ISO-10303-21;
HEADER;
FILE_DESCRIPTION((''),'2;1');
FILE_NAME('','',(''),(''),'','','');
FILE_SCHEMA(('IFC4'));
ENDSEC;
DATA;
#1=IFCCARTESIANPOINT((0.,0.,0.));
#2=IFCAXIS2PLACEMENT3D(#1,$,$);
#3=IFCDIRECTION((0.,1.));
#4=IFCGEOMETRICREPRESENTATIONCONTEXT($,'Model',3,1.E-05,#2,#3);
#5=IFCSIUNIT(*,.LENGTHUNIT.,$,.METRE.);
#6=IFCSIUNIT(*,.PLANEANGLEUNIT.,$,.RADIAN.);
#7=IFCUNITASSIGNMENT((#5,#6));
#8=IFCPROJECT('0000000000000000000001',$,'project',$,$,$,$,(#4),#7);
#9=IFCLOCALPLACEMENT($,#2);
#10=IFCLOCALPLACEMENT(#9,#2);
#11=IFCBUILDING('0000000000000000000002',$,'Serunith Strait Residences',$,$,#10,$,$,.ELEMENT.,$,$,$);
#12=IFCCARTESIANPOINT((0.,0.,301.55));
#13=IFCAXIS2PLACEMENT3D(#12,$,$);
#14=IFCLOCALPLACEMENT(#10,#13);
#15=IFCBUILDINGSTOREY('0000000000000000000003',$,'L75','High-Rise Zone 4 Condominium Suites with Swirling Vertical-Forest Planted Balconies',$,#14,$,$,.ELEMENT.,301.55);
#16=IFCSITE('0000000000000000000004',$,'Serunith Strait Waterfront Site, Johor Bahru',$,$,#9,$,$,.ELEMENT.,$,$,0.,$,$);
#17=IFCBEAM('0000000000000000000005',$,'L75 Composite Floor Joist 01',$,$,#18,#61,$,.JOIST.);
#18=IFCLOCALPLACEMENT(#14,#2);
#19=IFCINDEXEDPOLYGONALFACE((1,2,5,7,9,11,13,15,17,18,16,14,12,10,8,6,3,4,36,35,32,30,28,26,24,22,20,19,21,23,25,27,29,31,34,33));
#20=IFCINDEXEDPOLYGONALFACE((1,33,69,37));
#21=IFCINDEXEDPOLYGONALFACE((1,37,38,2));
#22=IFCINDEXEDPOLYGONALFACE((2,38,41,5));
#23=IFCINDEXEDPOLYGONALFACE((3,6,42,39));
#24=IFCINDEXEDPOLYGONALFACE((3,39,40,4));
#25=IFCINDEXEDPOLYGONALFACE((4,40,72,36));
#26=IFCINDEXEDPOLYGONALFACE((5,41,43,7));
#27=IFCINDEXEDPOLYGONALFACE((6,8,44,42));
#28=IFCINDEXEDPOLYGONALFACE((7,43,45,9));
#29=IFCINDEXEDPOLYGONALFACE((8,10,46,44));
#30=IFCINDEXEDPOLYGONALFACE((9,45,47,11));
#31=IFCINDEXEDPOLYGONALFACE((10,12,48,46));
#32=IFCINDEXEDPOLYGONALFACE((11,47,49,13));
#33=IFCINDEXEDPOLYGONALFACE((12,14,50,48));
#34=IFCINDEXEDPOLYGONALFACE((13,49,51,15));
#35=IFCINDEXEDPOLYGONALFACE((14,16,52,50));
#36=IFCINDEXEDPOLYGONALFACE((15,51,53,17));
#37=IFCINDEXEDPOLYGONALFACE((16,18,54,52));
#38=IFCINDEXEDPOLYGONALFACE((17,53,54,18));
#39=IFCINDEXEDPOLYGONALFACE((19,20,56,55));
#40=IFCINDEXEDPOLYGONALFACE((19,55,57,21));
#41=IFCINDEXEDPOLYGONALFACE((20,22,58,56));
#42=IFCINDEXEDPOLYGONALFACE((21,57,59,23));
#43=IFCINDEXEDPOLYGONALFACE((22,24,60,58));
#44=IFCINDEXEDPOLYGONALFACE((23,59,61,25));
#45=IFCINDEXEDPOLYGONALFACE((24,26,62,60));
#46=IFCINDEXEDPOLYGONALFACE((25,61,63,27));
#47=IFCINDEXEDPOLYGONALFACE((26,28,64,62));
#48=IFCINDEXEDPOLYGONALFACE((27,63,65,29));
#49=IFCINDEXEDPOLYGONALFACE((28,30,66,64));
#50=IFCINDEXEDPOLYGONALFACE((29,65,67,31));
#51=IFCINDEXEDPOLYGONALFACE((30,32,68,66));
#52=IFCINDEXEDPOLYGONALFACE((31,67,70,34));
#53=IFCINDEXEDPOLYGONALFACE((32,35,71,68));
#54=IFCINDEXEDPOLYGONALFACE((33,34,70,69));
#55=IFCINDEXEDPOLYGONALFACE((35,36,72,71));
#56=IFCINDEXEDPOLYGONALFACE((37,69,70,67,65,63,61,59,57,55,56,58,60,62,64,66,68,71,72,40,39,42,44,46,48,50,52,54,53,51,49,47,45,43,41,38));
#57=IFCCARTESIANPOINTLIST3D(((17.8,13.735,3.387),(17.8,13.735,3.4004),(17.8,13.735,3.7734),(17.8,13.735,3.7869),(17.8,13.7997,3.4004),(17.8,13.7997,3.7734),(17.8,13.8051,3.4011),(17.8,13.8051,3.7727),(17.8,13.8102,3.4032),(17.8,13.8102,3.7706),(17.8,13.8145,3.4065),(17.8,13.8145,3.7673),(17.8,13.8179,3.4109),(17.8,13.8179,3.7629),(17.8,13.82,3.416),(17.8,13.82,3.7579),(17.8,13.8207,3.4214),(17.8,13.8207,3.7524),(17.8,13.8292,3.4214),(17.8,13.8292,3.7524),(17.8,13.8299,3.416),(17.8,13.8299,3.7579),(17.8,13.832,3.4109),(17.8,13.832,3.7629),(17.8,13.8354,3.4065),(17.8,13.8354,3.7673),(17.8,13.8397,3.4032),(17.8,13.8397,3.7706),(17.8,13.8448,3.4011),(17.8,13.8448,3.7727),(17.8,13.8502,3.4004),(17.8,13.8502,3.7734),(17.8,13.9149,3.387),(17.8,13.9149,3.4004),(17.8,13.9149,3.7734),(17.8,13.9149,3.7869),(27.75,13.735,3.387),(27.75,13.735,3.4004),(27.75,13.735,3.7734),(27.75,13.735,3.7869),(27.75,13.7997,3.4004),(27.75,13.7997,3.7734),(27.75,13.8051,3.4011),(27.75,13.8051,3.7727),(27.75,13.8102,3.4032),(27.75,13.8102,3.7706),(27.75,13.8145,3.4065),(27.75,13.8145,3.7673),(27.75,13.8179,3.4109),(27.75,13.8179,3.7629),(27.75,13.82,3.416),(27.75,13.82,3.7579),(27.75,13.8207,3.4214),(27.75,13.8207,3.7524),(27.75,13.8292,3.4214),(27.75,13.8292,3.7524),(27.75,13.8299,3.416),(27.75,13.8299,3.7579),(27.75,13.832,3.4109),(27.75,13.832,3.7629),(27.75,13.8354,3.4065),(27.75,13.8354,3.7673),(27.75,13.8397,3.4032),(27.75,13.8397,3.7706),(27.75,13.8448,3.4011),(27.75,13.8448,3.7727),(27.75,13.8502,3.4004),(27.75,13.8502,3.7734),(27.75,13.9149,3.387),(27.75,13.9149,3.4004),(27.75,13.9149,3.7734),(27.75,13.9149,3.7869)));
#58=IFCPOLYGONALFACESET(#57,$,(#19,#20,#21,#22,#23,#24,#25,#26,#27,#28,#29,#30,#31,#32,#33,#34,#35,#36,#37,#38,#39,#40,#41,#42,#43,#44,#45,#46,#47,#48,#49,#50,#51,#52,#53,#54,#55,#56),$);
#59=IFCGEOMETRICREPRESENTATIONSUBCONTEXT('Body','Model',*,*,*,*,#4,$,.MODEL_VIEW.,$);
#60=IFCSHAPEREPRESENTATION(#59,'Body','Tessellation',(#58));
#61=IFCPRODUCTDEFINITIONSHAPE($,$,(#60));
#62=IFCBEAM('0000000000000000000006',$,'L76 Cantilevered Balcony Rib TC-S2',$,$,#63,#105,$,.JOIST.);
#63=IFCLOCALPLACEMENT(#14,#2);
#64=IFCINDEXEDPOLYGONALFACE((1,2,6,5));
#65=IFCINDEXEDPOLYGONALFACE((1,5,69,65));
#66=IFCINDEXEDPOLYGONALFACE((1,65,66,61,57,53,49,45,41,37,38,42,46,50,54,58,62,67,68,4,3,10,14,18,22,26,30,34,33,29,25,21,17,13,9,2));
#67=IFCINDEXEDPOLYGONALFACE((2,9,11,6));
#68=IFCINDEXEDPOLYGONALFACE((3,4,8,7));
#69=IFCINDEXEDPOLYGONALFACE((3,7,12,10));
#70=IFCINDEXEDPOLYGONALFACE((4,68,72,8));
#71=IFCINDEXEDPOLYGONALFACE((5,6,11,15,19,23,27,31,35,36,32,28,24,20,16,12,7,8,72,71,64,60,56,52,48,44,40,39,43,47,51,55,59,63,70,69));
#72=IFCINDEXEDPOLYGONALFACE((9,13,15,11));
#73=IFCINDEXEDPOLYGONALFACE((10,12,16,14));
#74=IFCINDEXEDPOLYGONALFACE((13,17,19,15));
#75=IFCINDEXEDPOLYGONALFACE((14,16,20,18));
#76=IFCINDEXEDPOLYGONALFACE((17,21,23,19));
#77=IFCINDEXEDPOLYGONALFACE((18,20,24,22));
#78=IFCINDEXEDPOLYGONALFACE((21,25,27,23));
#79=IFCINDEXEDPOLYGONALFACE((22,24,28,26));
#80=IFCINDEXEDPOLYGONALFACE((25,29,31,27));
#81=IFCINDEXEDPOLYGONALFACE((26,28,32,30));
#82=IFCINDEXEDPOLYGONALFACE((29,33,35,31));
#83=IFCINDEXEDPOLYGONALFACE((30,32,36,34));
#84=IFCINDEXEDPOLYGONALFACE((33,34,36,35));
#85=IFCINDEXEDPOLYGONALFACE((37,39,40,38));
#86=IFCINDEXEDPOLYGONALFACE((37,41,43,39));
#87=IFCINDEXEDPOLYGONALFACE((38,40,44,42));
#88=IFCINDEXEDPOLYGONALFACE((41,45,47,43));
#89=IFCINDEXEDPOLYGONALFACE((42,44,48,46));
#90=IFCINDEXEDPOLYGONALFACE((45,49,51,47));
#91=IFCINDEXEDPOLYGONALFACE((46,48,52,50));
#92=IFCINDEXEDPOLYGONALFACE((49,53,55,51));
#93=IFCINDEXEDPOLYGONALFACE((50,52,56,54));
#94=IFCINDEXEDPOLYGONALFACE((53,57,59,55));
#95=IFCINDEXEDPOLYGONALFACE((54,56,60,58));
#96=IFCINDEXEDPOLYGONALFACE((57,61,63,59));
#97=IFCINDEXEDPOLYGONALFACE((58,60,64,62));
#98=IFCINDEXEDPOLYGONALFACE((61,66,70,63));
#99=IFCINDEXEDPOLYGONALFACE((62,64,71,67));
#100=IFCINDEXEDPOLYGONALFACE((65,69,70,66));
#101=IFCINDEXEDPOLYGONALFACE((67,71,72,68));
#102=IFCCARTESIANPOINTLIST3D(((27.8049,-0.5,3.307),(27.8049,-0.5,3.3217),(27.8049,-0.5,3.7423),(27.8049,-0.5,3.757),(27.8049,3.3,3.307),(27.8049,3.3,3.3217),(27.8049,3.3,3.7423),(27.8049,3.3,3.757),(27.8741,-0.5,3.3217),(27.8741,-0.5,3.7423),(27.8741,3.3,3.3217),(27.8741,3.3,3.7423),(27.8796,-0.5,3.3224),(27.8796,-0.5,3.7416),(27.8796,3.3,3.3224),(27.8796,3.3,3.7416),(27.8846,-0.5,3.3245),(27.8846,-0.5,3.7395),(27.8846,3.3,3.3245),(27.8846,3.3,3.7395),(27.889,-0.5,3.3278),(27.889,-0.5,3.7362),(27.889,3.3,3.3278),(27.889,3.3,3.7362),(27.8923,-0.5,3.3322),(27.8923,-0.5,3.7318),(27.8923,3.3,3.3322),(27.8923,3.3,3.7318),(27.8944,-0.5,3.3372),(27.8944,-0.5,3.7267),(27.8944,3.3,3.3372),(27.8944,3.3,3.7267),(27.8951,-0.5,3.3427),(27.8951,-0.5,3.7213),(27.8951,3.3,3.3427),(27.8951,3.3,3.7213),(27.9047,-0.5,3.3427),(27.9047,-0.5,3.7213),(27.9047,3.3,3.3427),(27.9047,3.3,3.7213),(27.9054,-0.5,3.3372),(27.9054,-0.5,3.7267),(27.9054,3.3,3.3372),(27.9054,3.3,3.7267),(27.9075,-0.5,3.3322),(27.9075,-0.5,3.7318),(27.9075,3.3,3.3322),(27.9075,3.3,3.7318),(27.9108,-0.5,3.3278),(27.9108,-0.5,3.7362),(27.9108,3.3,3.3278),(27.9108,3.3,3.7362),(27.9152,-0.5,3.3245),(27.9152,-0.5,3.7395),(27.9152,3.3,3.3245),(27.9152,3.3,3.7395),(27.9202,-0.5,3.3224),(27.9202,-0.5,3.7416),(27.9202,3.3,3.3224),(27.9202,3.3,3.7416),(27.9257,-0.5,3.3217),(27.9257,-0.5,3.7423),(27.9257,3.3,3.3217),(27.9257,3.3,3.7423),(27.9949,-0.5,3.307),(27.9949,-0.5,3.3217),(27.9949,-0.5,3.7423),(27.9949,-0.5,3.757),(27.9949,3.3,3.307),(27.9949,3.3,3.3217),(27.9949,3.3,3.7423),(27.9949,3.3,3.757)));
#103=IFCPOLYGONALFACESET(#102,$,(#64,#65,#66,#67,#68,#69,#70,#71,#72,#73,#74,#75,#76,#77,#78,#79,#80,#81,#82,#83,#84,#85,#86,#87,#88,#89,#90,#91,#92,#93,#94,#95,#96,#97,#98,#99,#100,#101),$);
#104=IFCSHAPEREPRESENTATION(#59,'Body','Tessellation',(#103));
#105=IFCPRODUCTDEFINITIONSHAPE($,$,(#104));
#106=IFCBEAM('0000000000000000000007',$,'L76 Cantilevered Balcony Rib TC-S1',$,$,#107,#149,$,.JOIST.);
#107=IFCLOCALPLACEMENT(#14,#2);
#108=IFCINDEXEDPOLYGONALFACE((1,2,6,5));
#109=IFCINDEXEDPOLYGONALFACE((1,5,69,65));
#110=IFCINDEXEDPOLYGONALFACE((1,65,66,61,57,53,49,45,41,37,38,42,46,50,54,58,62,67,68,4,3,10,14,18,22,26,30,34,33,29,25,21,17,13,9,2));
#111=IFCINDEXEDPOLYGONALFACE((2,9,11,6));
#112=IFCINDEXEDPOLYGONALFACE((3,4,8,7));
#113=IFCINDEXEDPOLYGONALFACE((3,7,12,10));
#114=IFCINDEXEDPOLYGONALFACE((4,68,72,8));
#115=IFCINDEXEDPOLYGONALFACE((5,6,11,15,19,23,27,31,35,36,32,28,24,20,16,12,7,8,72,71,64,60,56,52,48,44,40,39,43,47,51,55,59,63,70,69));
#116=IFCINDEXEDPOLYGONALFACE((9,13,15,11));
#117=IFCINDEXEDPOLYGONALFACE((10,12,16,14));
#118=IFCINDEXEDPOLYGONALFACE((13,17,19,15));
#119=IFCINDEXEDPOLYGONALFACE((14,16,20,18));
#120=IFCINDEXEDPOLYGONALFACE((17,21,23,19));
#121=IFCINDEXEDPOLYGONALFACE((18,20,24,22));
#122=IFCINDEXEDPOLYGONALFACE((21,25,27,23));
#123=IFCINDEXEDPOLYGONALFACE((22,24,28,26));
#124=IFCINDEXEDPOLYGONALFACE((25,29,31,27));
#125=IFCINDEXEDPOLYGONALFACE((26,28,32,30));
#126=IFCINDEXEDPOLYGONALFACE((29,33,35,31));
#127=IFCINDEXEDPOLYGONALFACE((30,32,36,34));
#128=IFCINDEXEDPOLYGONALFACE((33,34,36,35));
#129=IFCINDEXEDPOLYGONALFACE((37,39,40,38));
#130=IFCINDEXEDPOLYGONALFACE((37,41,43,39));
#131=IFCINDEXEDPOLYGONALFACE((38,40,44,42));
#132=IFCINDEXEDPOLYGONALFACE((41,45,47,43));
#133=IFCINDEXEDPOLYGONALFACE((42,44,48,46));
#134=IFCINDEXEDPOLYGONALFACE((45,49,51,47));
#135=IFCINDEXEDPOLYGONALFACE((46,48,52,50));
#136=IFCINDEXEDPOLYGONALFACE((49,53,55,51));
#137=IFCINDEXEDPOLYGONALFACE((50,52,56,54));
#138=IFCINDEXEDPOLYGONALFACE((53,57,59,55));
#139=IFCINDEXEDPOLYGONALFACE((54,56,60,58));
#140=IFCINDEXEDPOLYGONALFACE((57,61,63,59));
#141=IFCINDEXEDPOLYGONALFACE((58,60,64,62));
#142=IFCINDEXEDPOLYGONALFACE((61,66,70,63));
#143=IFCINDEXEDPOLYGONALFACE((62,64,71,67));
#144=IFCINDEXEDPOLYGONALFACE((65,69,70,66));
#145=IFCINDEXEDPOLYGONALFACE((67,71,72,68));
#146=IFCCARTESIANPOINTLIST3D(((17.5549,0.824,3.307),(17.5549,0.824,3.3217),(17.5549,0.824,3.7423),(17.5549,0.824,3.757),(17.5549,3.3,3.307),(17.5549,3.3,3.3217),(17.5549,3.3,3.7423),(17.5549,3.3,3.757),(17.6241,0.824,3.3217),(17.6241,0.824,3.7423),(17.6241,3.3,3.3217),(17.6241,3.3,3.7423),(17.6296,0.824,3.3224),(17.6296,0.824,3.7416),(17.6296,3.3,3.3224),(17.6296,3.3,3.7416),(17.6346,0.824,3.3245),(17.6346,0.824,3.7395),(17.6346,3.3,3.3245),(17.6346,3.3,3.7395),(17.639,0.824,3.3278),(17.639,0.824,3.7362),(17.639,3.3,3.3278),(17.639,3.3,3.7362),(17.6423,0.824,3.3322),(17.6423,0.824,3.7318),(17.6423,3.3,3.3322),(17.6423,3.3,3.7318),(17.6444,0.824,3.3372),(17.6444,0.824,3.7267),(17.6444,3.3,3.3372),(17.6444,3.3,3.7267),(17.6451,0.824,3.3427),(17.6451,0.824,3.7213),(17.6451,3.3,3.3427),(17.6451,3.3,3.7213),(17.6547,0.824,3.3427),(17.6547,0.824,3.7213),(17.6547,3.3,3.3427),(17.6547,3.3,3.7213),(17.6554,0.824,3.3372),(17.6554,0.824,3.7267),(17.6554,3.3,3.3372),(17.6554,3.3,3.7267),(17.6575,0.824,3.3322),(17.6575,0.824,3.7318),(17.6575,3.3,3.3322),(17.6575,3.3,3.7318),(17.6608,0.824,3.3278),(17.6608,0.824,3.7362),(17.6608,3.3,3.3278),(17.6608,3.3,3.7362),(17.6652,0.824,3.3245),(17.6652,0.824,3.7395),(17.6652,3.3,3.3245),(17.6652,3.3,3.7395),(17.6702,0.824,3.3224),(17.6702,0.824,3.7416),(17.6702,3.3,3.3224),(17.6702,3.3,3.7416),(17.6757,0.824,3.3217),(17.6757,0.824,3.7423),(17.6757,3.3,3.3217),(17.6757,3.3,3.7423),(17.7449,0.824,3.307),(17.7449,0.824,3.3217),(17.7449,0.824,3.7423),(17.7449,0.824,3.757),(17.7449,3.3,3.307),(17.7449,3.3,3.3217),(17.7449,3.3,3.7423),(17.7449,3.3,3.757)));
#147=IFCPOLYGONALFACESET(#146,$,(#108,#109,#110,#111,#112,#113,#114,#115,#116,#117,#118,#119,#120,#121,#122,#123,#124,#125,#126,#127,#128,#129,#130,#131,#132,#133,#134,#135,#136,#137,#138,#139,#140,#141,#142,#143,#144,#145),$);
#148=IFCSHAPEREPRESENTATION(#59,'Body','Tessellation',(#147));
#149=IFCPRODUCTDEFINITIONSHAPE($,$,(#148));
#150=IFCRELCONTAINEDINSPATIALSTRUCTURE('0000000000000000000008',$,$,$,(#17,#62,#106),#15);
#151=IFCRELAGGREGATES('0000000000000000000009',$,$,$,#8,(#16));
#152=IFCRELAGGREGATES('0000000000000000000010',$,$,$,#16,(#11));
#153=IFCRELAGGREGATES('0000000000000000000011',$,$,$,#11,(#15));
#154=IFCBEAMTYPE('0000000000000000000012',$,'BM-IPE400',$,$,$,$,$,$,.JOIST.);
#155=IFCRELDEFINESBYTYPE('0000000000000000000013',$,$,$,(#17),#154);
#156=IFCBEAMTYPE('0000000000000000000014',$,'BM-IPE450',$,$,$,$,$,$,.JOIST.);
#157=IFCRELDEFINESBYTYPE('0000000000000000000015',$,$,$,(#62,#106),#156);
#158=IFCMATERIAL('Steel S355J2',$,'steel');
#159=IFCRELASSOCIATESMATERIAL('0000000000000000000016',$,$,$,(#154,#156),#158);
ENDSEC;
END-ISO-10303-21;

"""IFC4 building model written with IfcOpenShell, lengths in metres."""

from ifc_helpers import new_model, si_unit, direction, frame, origin, origin_2d, place, context, subcontext, project, spatial, i_section, extrude, source, transform, mapped, material, material_profile, profile_set, type_object, element, save


model = new_model("IFC4")

# Units and contexts
model_context = context("Model", 3, precision=1e-05, world=origin(), true_north=direction((0.0, 1.0)))
body_context = subcontext(model_context, "Body", "Model", "MODEL_VIEW")
ifc_project = project(units=[si_unit("LENGTHUNIT", "METRE"), si_unit("PLANEANGLEUNIT", "RADIAN")], contexts=[model_context])

# Site, building, storey
site_placement = place(None, origin())
site = spatial("IfcSite", under=ifc_project, at=site_placement, Name="Serunith Strait Waterfront Site, Johor Bahru", CompositionType="ELEMENT", RefElevation=0.0)
building_placement = place(site_placement, origin())
building = spatial("IfcBuilding", under=site, at=building_placement, Name="Serunith Strait Residences", CompositionType="ELEMENT")
storey_placement = place(building_placement, frame((0.0, 0.0, 301.55)))
storey = spatial("IfcBuildingStorey", under=building, at=storey_placement, Name="L75", Description="High-Rise Zone 4 Condominium Suites with Swirling Vertical-Forest Planted Balconies", CompositionType="ELEMENT", Elevation=301.55)

# Beams
ifc_material_1 = material(Name="Steel S355J2", Category="steel")
ifc_material_profile_1 = material_profile(ifc_material_1, i_section(OverallWidth=0.1799, OverallDepth=0.3999, WebThickness=0.0085, FlangeThickness=0.0134, FilletRadius=0.021, at=origin_2d()), Name="IPE 400")
ifc_profile_set_1 = profile_set([ifc_material_profile_1], Name="Steel S355J2")
beam_type_1 = type_object("IfcBeamType", Name="BM-IPE400", PredefinedType="JOIST", material=ifc_profile_set_1)
shared_shape_1 = source(origin(), body_context, "Body", "SweptSolid", [
    extrude(i_section(OverallWidth=0.1799, OverallDepth=0.3999, WebThickness=0.0085, FlangeThickness=0.0134, FilletRadius=0.021, at=origin_2d()), origin(), (0.0, 0.0, 1.0), 9.95),
])
beam_1_placement = place(storey_placement, frame((17.8, 13.825, 3.5869), z_axis=(1.0, 0.0, 0.0), x_axis=(0.0, 1.0, 0.0)))
element("IfcBeam", 1, at=beam_1_placement, inside=storey, type_object=beam_type_1, Name="L75 Composite Floor Joist 01", PredefinedType="JOIST", context=body_context, shape_type="MappedRepresentation", body=[
    mapped(shared_shape_1, transform((0.0, 0.0, 0.0), scale=1.0)),
])
ifc_material_profile_2 = material_profile(ifc_material_1, i_section(OverallWidth=0.1899, OverallDepth=0.45, WebThickness=0.0095, FlangeThickness=0.0146, FilletRadius=0.021, at=origin_2d()), Name="IPE 450")
ifc_profile_set_2 = profile_set([ifc_material_profile_2], Name="Steel S355J2")
beam_type_2 = type_object("IfcBeamType", Name="BM-IPE450", PredefinedType="JOIST", material=ifc_profile_set_2)
shared_shape_2 = source(origin(), body_context, "Body", "SweptSolid", [
    extrude(i_section(OverallWidth=0.1899, OverallDepth=0.45, WebThickness=0.0095, FlangeThickness=0.0146, FilletRadius=0.021, at=origin_2d()), origin(), (0.0, 0.0, 1.0), 3.8),
])
beam_2_placement = place(storey_placement, frame((27.8999, 3.3, 3.532), z_axis=(0.0, -1.0, 0.0), x_axis=(1.0, 0.0, 0.0)))
element("IfcBeam", 2, at=beam_2_placement, inside=storey, type_object=beam_type_2, Name="L76 Cantilevered Balcony Rib TC-S2", PredefinedType="JOIST", context=body_context, shape_type="MappedRepresentation", body=[
    mapped(shared_shape_2, transform((0.0, 0.0, 0.0), scale=1.0)),
])
shared_shape_3 = source(origin(), body_context, "Body", "SweptSolid", [
    extrude(i_section(OverallWidth=0.1899, OverallDepth=0.45, WebThickness=0.0095, FlangeThickness=0.0146, FilletRadius=0.021, at=origin_2d()), origin(), (0.0, 0.0, 1.0), 2.4761),
])
beam_3_placement = place(storey_placement, frame((17.6499, 3.3, 3.532), z_axis=(0.0, -1.0, 0.0), x_axis=(1.0, 0.0, 0.0)))
element("IfcBeam", 3, at=beam_3_placement, inside=storey, type_object=beam_type_2, Name="L76 Cantilevered Balcony Rib TC-S1", PredefinedType="JOIST", context=body_context, shape_type="MappedRepresentation", body=[
    mapped(shared_shape_3, transform((0.0, 0.0, 0.0), scale=1.0)),
])

save(model, "model.ifc")
